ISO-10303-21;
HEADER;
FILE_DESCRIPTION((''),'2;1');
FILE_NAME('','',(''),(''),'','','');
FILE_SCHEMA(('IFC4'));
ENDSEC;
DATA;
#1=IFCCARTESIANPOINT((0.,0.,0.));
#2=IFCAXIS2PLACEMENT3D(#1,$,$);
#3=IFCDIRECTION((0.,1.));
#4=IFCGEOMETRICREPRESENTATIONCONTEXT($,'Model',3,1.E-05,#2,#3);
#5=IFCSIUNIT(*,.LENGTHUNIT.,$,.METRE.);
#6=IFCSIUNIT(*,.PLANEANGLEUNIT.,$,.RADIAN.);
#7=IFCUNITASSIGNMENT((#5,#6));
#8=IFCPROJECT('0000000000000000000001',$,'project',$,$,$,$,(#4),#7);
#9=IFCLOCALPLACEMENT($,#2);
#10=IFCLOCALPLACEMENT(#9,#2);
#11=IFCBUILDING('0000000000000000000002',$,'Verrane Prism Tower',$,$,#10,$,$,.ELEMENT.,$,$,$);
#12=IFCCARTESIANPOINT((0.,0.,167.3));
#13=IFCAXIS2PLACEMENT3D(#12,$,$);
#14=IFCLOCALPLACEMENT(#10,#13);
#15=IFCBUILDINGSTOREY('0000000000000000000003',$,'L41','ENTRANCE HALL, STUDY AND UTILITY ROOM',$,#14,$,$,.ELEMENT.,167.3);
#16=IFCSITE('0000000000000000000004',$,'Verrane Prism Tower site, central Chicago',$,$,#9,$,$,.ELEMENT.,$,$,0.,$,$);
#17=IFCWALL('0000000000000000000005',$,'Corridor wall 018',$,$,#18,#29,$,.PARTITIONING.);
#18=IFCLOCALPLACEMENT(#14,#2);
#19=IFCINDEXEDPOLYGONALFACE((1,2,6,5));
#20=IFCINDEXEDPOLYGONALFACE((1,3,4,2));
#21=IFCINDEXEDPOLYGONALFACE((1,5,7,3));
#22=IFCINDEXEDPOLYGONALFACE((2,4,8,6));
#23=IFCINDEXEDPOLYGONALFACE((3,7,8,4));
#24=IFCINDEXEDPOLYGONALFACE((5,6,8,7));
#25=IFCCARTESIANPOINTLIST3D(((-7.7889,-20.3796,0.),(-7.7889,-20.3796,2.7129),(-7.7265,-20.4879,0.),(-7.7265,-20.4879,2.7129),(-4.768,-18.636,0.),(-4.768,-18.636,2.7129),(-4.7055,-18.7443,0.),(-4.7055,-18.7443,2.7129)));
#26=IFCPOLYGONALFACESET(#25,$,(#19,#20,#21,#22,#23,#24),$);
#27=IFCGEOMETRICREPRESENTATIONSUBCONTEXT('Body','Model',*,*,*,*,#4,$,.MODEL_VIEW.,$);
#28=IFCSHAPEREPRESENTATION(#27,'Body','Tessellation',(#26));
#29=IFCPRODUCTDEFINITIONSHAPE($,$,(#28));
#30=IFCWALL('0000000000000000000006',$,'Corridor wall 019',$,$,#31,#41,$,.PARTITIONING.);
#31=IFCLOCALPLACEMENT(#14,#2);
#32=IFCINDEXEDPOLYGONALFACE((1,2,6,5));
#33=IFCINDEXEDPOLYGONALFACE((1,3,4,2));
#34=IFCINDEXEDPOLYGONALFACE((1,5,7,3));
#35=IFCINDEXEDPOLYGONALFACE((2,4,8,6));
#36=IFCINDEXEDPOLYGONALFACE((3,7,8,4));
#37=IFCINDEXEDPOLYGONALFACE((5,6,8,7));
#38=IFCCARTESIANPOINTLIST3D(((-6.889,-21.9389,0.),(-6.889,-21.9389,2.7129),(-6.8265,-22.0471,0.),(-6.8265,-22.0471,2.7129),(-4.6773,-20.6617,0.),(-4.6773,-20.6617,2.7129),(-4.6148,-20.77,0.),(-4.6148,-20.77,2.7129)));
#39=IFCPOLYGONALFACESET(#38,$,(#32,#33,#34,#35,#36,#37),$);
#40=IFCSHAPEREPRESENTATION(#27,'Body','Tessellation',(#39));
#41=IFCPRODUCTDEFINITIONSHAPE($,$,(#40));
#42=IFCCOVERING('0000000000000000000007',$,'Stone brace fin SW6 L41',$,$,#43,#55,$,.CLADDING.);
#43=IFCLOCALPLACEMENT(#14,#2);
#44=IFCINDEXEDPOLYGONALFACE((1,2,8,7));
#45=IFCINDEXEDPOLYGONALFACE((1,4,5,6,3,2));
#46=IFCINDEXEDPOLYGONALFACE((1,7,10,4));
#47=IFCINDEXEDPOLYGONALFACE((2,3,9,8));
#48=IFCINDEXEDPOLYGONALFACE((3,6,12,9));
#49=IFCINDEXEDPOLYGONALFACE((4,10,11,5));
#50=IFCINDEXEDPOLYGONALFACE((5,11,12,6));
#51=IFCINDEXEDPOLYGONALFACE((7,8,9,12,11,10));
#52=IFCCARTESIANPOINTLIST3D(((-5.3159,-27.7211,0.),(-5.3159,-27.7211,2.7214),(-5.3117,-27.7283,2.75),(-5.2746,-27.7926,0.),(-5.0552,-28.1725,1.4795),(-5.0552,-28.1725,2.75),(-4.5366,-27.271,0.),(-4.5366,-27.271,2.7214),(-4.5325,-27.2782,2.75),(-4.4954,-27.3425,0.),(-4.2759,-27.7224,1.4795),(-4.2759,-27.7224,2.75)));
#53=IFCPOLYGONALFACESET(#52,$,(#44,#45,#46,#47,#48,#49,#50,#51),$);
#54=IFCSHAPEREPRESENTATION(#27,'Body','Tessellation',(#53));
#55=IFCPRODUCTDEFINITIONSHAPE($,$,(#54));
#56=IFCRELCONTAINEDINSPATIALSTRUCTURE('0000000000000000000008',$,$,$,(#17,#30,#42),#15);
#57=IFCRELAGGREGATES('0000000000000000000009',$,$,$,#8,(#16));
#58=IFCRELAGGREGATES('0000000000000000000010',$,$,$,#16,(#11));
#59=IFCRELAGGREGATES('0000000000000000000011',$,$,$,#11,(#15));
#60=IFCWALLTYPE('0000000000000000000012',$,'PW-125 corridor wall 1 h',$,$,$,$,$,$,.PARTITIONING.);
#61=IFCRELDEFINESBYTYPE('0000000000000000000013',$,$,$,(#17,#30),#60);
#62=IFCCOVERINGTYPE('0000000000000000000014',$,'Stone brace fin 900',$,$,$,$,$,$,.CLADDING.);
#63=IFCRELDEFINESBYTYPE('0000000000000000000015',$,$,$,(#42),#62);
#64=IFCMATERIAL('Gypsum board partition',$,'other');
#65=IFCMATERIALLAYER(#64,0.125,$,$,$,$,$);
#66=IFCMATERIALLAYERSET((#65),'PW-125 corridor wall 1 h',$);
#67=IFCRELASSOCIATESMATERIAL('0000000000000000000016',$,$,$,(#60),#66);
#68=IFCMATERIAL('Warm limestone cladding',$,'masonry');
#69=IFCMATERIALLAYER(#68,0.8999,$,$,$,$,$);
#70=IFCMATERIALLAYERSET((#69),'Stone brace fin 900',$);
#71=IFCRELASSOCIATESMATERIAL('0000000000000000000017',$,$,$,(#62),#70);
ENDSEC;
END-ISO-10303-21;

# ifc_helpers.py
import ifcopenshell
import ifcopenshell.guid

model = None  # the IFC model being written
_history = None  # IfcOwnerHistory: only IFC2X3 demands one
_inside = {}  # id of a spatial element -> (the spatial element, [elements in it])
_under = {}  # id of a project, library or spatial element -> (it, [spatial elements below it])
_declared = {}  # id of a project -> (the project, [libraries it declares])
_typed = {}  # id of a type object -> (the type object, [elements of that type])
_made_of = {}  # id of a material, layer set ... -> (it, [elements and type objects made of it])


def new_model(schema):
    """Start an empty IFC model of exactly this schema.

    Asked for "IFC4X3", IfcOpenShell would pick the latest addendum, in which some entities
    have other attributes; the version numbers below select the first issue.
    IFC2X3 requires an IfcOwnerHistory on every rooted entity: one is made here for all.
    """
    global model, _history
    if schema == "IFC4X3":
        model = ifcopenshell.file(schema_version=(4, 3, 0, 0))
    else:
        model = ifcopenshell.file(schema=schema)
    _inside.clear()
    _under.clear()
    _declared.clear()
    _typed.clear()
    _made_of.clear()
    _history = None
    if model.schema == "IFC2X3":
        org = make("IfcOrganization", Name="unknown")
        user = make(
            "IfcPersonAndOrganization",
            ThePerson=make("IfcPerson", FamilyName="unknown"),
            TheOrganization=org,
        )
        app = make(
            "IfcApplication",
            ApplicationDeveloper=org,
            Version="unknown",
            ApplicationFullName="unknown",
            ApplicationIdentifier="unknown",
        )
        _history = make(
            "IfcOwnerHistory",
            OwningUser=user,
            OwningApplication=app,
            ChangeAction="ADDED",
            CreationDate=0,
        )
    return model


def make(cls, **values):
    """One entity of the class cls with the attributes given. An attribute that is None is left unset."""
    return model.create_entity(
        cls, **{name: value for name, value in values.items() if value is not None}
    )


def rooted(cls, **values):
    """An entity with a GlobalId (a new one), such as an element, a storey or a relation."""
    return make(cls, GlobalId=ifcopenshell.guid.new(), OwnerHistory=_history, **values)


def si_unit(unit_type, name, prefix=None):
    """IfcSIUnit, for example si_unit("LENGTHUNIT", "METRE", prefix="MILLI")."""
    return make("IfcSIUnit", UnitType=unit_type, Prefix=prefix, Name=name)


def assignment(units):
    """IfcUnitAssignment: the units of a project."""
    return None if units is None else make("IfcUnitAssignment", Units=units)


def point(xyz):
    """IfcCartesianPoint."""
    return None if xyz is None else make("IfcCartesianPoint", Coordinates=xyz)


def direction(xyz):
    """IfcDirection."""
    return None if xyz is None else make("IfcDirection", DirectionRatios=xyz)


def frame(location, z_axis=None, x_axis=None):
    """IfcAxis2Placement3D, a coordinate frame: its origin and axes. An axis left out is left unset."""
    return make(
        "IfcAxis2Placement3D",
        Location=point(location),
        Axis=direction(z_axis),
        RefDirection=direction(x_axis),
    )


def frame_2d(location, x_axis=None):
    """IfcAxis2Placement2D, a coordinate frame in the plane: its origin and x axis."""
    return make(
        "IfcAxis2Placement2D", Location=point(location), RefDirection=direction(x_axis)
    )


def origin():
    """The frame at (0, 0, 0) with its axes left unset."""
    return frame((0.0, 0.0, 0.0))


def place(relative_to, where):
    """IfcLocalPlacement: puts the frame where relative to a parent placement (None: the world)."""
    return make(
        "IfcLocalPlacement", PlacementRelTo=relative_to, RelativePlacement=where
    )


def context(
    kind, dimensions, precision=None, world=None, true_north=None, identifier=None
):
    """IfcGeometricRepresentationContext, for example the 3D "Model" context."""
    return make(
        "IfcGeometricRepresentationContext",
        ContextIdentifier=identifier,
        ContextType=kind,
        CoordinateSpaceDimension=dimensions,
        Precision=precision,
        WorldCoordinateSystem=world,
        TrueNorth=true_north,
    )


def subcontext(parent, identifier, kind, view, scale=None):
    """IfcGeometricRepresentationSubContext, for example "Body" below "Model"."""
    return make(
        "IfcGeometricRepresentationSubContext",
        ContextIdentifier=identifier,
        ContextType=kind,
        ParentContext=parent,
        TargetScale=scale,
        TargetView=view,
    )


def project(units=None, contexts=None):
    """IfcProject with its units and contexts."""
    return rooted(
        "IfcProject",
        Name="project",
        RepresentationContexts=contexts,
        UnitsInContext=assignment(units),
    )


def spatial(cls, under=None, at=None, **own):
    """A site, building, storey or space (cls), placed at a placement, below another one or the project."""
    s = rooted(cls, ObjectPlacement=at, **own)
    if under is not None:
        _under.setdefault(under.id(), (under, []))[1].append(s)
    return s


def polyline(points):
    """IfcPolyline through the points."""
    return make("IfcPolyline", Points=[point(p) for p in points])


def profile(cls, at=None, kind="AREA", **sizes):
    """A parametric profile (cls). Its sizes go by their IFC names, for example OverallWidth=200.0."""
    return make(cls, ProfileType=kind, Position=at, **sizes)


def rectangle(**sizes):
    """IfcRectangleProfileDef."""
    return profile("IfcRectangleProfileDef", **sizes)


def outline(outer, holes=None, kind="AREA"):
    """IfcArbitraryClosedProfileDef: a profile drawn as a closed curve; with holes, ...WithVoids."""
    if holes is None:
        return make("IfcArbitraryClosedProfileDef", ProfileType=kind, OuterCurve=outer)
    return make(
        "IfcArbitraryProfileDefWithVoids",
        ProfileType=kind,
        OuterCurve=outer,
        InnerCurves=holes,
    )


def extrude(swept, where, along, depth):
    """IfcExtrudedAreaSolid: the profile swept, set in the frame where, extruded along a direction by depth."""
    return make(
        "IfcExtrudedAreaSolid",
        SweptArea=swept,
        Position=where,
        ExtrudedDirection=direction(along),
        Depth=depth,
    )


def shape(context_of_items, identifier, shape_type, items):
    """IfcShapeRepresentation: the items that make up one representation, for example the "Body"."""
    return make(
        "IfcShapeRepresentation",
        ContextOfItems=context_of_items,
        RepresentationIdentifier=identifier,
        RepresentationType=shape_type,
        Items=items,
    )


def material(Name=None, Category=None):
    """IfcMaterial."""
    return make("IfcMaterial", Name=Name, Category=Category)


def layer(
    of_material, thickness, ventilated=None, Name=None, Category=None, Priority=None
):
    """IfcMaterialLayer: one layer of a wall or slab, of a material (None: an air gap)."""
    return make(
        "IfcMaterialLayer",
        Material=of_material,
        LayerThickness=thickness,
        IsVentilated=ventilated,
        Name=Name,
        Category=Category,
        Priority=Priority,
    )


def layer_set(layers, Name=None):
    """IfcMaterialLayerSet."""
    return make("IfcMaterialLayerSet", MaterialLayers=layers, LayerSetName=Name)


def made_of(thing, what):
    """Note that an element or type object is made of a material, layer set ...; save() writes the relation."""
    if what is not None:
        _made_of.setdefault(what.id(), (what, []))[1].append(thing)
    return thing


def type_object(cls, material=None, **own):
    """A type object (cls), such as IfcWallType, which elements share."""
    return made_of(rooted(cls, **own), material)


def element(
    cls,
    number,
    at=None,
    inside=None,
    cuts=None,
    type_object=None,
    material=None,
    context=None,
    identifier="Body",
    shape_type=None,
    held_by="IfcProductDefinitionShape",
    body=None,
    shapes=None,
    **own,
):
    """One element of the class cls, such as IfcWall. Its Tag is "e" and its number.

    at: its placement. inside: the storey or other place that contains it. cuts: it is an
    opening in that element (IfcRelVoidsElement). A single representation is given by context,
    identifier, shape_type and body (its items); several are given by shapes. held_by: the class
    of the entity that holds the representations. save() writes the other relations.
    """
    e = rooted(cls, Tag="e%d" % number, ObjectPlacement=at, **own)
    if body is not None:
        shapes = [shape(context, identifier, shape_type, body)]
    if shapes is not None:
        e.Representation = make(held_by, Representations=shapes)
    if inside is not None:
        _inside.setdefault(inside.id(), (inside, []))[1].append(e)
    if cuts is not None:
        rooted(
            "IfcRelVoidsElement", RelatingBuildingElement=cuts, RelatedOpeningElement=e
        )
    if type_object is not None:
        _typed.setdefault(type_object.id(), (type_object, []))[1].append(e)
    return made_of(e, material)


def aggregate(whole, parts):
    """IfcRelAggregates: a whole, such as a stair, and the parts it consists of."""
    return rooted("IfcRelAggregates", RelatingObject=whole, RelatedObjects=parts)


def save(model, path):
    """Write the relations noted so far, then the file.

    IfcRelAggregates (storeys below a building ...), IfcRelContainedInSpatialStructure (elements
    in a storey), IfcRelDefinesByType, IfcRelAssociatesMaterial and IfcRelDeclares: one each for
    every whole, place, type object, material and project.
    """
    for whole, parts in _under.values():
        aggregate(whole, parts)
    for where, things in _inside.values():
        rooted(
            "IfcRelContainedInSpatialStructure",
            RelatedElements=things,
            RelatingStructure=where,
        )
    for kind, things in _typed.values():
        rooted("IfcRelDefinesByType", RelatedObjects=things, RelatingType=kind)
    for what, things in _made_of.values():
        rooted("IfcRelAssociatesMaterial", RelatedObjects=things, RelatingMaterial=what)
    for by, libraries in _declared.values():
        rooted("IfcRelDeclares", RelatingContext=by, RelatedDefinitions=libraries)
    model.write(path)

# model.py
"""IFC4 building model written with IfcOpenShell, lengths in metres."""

from ifc_helpers import new_model, si_unit, direction, frame, frame_2d, origin, place, context, subcontext, project, spatial, polyline, rectangle, outline, extrude, material, layer, layer_set, type_object, element, save


model = new_model("IFC4")

# Units and contexts
model_context = context("Model", 3, precision=1e-05, world=origin(), true_north=direction((0.0, 1.0)))
body_context = subcontext(model_context, "Body", "Model", "MODEL_VIEW")
ifc_project = project(units=[si_unit("LENGTHUNIT", "METRE"), si_unit("PLANEANGLEUNIT", "RADIAN")], contexts=[model_context])

# Site, building, storey
site_placement = place(None, origin())
site = spatial("IfcSite", under=ifc_project, at=site_placement, Name="Verrane Prism Tower site, central Chicago", CompositionType="ELEMENT", RefElevation=0.0)
building_placement = place(site_placement, origin())
building = spatial("IfcBuilding", under=site, at=building_placement, Name="Verrane Prism Tower", CompositionType="ELEMENT")
storey_placement = place(building_placement, frame((0.0, 0.0, 167.3)))
storey = spatial("IfcBuildingStorey", under=building, at=storey_placement, Name="L41", Description="ENTRANCE HALL, STUDY AND UTILITY ROOM", CompositionType="ELEMENT", Elevation=167.3)

# Walls
ifc_material_1 = material(Name="Gypsum board partition", Category="other")
ifc_layer_1 = layer(ifc_material_1, 0.125)
ifc_layer_set_1 = layer_set([ifc_layer_1], Name="PW-125 corridor wall 1 h")
wall_type_1 = type_object("IfcWallType", Name="PW-125 corridor wall 1 h", PredefinedType="PARTITIONING", material=ifc_layer_set_1)
wall_1_placement = place(storey_placement, frame((-7.7578, -20.4338, 0.0), z_axis=(0.0, 0.0, 1.0), x_axis=(0.86609, 0.499888, 0.0)))
element("IfcWall", 1, at=wall_1_placement, inside=storey, type_object=wall_type_1, Name="Corridor wall 018", PredefinedType="PARTITIONING", context=body_context, shape_type="SweptSolid", body=[
    extrude(rectangle(XDim=3.488, YDim=0.125, at=frame_2d((1.7441, 0.0))), origin(), (0.0, 0.0, 1.0), 2.7129),
])
wall_2_placement = place(storey_placement, frame((-6.8577, -21.9929, 0.0), z_axis=(0.0, 0.0, 1.0), x_axis=(0.865993, 0.500056, 0.0)))
element("IfcWall", 2, at=wall_2_placement, inside=storey, type_object=wall_type_1, Name="Corridor wall 019", PredefinedType="PARTITIONING", context=body_context, shape_type="SweptSolid", body=[
    extrude(rectangle(XDim=2.554, YDim=0.125, at=frame_2d((1.2769, 0.0))), origin(), (0.0, 0.0, 1.0), 2.7129),
])

# Covering
ifc_material_2 = material(Name="Warm limestone cladding", Category="masonry")
ifc_layer_2 = layer(ifc_material_2, 0.8999)
ifc_layer_set_2 = layer_set([ifc_layer_2], Name="Stone brace fin 900")
covering_type = type_object("IfcCoveringType", Name="Stone brace fin 900", PredefinedType="CLADDING", material=ifc_layer_set_2)
covering_placement = place(storey_placement, frame((-4.9263, -27.4961, 0.0), z_axis=(0.0, 0.0, 1.0), x_axis=(0.500168, -0.865928, 0.0)))
element("IfcCovering", 3, at=covering_placement, inside=storey, type_object=covering_type, Name="Stone brace fin SW6 L41", PredefinedType="CLADDING", context=body_context, shape_type="SweptSolid", body=[
    extrude(outline(polyline([(0.5212, 2.75), (0.0083, 2.75), (0.0, 2.7214), (0.0, 0.0), (0.0825, 0.0), (0.5212, 1.4795), (0.5212, 2.75)])), frame((0.0, 0.45, 0.0), z_axis=(0.0, -1.0, 0.0), x_axis=(1.0, 0.0, 0.0)), (0.0, 0.0, 1.0), 0.8999),
])

save(model, "model.ifc")
